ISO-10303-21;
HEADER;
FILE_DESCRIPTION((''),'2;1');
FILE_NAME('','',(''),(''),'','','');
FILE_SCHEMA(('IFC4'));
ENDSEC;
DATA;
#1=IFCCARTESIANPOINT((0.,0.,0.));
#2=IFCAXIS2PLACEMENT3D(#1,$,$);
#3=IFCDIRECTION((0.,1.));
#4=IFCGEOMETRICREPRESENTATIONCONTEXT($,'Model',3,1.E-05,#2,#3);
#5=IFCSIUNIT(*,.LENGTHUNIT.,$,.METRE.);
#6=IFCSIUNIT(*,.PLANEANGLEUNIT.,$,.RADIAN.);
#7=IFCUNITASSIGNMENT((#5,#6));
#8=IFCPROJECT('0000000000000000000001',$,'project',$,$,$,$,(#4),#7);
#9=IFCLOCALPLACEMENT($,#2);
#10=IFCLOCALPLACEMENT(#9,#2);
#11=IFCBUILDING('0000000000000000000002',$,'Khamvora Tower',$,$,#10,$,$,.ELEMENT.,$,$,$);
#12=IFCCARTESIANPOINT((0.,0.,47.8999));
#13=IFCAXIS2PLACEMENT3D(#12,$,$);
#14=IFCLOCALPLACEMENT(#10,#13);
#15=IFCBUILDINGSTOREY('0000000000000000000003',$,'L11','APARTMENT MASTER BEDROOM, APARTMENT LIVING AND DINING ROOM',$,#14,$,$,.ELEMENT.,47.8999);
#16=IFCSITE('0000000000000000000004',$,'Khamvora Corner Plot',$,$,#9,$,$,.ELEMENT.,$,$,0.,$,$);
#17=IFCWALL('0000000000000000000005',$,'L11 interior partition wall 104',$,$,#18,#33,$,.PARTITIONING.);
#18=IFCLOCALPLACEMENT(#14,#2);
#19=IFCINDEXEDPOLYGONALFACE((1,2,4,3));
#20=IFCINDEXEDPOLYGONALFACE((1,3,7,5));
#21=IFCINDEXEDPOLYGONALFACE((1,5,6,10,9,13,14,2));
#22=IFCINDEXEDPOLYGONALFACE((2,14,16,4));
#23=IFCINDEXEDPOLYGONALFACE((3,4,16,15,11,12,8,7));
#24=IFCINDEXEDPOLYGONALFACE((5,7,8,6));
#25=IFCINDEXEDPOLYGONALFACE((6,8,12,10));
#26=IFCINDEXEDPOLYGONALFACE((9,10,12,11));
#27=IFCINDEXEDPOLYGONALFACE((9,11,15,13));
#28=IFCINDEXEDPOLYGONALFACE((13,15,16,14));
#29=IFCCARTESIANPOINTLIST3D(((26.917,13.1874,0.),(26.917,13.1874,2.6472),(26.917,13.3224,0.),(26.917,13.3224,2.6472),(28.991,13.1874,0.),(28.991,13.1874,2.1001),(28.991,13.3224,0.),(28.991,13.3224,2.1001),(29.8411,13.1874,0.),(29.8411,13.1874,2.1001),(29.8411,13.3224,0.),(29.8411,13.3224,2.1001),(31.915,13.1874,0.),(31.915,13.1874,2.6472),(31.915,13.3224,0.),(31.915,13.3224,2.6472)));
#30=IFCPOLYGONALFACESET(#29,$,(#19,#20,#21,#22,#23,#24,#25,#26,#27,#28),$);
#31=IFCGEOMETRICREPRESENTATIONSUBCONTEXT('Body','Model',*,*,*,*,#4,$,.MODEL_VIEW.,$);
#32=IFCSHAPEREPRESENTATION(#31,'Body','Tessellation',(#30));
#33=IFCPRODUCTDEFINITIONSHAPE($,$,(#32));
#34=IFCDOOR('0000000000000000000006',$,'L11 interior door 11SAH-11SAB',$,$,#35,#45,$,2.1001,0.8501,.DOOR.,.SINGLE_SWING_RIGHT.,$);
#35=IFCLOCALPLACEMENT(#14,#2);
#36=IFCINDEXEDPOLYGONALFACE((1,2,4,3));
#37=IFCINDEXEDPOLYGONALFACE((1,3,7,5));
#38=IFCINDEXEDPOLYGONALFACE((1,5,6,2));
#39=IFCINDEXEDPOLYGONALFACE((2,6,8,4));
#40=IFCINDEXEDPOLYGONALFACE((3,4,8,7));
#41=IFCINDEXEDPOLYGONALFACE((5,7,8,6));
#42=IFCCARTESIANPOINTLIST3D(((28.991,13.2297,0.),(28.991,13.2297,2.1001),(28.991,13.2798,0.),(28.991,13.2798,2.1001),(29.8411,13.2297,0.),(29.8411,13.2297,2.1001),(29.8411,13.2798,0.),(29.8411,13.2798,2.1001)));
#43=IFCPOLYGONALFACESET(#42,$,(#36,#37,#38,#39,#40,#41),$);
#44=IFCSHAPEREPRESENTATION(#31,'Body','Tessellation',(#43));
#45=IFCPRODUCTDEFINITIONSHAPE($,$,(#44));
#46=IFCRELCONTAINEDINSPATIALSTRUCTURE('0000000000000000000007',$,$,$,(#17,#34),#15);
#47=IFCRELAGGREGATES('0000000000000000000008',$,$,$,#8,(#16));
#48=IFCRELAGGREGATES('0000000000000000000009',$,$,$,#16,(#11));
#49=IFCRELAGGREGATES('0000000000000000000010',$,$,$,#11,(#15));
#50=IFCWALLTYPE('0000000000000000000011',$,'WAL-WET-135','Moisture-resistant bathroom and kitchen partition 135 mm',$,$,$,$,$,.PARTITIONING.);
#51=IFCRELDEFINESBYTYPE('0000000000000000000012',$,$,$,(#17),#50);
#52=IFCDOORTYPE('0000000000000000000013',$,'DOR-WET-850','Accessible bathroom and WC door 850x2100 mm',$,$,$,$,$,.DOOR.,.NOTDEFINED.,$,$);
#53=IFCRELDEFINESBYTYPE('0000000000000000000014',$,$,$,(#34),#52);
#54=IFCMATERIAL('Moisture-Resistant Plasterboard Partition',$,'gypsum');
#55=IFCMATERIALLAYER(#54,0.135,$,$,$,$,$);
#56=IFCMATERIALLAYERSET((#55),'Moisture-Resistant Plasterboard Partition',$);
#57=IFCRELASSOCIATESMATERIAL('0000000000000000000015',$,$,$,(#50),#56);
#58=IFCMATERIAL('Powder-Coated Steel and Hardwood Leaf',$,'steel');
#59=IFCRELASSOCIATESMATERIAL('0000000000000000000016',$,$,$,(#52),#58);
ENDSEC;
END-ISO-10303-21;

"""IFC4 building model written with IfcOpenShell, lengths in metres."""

from ifc_helpers import new_model, si_unit, direction, frame, frame_2d, origin, place, context, subcontext, project, spatial, rectangle, extrude, material, layer, layer_set, type_object, element, fill, save


model = new_model("IFC4")

# Units and contexts
model_context = context("Model", 3, precision=1e-05, world=origin(), true_north=direction((0.0, 1.0)))
body_context = subcontext(model_context, "Body", "Model", "MODEL_VIEW")
ifc_project = project(units=[si_unit("LENGTHUNIT", "METRE"), si_unit("PLANEANGLEUNIT", "RADIAN")], contexts=[model_context])

# Site, building, storey
site_placement = place(None, origin())
site = spatial("IfcSite", under=ifc_project, at=site_placement, Name="Khamvora Corner Plot", CompositionType="ELEMENT", RefElevation=0.0)
building_placement = place(site_placement, origin())
building = spatial("IfcBuilding", under=site, at=building_placement, Name="Khamvora Tower", CompositionType="ELEMENT")
storey_placement = place(building_placement, frame((0.0, 0.0, 47.8999)))
storey = spatial("IfcBuildingStorey", under=building, at=storey_placement, Name="L11", Description="APARTMENT MASTER BEDROOM, APARTMENT LIVING AND DINING ROOM", CompositionType="ELEMENT", Elevation=47.8999)

# Shared definitions
ifc_material_1 = material(Name="Powder-Coated Steel and Hardwood Leaf", Category="steel")

# Shared definitions
ifc_material_2 = material(Name="Moisture-Resistant Plasterboard Partition", Category="gypsum")
ifc_layer_1 = layer(ifc_material_2, 0.135)
ifc_layer_set_1 = layer_set([ifc_layer_1], Name="Moisture-Resistant Plasterboard Partition")
wall_type_1 = type_object("IfcWallType", Name="WAL-WET-135", Description="Moisture-resistant bathroom and kitchen partition 135 mm", PredefinedType="PARTITIONING", material=ifc_layer_set_1)

# Wall, opening, door
wall_1_placement = place(storey_placement, frame((26.917, 13.2549, 0.0), z_axis=(0.0, 0.0, 1.0), x_axis=(1.0, 0.0, 0.0)))
wall_1 = element("IfcWall", 1, at=wall_1_placement, inside=storey, type_object=wall_type_1, Name="L11 interior partition wall 104", PredefinedType="PARTITIONING", context=body_context, shape_type="SweptSolid", body=[
    extrude(rectangle(XDim=4.998, YDim=0.135, at=frame_2d((2.499, 0.0))), origin(), (0.0, 0.0, 1.0), 2.6472),
])
opening_1_placement = place(wall_1_placement, frame((2.074, 0.0, 0.0)))
opening_1 = element("IfcOpeningElement", 2, at=opening_1_placement, cuts=wall_1, PredefinedType="OPENING", context=body_context, shape_type="SweptSolid", body=[
    extrude(rectangle(XDim=0.8501, YDim=2.1001, at=frame_2d((0.425, 1.05))), frame((0.0, 0.0774, 0.0), z_axis=(0.0, -1.0, 0.0), x_axis=(1.0, 0.0, 0.0)), (0.0, 0.0, 1.0), 0.155),
])
door_type_1 = type_object("IfcDoorType", Name="DOR-WET-850", Description="Accessible bathroom and WC door 850x2100 mm", OperationType="NOTDEFINED", PredefinedType="DOOR", material=ifc_material_1)
door_1_placement = place(opening_1_placement, origin())
door_1 = element("IfcDoor", 3, at=door_1_placement, inside=storey, type_object=door_type_1, Name="L11 interior door 11SAH-11SAB", OperationType="SINGLE_SWING_RIGHT", OverallHeight=2.1001, OverallWidth=0.8501, PredefinedType="DOOR", context=body_context, shape_type="SweptSolid", body=[
    extrude(rectangle(XDim=0.8501, YDim=2.1001, at=frame_2d((0.425, 1.05))), frame((0.0, 0.0249, 0.0), z_axis=(0.0, -1.0, 0.0), x_axis=(1.0, 0.0, 0.0)), (0.0, 0.0, 1.0), 0.05),
])
fill(opening_1, door_1)

save(model, "model.ifc")
